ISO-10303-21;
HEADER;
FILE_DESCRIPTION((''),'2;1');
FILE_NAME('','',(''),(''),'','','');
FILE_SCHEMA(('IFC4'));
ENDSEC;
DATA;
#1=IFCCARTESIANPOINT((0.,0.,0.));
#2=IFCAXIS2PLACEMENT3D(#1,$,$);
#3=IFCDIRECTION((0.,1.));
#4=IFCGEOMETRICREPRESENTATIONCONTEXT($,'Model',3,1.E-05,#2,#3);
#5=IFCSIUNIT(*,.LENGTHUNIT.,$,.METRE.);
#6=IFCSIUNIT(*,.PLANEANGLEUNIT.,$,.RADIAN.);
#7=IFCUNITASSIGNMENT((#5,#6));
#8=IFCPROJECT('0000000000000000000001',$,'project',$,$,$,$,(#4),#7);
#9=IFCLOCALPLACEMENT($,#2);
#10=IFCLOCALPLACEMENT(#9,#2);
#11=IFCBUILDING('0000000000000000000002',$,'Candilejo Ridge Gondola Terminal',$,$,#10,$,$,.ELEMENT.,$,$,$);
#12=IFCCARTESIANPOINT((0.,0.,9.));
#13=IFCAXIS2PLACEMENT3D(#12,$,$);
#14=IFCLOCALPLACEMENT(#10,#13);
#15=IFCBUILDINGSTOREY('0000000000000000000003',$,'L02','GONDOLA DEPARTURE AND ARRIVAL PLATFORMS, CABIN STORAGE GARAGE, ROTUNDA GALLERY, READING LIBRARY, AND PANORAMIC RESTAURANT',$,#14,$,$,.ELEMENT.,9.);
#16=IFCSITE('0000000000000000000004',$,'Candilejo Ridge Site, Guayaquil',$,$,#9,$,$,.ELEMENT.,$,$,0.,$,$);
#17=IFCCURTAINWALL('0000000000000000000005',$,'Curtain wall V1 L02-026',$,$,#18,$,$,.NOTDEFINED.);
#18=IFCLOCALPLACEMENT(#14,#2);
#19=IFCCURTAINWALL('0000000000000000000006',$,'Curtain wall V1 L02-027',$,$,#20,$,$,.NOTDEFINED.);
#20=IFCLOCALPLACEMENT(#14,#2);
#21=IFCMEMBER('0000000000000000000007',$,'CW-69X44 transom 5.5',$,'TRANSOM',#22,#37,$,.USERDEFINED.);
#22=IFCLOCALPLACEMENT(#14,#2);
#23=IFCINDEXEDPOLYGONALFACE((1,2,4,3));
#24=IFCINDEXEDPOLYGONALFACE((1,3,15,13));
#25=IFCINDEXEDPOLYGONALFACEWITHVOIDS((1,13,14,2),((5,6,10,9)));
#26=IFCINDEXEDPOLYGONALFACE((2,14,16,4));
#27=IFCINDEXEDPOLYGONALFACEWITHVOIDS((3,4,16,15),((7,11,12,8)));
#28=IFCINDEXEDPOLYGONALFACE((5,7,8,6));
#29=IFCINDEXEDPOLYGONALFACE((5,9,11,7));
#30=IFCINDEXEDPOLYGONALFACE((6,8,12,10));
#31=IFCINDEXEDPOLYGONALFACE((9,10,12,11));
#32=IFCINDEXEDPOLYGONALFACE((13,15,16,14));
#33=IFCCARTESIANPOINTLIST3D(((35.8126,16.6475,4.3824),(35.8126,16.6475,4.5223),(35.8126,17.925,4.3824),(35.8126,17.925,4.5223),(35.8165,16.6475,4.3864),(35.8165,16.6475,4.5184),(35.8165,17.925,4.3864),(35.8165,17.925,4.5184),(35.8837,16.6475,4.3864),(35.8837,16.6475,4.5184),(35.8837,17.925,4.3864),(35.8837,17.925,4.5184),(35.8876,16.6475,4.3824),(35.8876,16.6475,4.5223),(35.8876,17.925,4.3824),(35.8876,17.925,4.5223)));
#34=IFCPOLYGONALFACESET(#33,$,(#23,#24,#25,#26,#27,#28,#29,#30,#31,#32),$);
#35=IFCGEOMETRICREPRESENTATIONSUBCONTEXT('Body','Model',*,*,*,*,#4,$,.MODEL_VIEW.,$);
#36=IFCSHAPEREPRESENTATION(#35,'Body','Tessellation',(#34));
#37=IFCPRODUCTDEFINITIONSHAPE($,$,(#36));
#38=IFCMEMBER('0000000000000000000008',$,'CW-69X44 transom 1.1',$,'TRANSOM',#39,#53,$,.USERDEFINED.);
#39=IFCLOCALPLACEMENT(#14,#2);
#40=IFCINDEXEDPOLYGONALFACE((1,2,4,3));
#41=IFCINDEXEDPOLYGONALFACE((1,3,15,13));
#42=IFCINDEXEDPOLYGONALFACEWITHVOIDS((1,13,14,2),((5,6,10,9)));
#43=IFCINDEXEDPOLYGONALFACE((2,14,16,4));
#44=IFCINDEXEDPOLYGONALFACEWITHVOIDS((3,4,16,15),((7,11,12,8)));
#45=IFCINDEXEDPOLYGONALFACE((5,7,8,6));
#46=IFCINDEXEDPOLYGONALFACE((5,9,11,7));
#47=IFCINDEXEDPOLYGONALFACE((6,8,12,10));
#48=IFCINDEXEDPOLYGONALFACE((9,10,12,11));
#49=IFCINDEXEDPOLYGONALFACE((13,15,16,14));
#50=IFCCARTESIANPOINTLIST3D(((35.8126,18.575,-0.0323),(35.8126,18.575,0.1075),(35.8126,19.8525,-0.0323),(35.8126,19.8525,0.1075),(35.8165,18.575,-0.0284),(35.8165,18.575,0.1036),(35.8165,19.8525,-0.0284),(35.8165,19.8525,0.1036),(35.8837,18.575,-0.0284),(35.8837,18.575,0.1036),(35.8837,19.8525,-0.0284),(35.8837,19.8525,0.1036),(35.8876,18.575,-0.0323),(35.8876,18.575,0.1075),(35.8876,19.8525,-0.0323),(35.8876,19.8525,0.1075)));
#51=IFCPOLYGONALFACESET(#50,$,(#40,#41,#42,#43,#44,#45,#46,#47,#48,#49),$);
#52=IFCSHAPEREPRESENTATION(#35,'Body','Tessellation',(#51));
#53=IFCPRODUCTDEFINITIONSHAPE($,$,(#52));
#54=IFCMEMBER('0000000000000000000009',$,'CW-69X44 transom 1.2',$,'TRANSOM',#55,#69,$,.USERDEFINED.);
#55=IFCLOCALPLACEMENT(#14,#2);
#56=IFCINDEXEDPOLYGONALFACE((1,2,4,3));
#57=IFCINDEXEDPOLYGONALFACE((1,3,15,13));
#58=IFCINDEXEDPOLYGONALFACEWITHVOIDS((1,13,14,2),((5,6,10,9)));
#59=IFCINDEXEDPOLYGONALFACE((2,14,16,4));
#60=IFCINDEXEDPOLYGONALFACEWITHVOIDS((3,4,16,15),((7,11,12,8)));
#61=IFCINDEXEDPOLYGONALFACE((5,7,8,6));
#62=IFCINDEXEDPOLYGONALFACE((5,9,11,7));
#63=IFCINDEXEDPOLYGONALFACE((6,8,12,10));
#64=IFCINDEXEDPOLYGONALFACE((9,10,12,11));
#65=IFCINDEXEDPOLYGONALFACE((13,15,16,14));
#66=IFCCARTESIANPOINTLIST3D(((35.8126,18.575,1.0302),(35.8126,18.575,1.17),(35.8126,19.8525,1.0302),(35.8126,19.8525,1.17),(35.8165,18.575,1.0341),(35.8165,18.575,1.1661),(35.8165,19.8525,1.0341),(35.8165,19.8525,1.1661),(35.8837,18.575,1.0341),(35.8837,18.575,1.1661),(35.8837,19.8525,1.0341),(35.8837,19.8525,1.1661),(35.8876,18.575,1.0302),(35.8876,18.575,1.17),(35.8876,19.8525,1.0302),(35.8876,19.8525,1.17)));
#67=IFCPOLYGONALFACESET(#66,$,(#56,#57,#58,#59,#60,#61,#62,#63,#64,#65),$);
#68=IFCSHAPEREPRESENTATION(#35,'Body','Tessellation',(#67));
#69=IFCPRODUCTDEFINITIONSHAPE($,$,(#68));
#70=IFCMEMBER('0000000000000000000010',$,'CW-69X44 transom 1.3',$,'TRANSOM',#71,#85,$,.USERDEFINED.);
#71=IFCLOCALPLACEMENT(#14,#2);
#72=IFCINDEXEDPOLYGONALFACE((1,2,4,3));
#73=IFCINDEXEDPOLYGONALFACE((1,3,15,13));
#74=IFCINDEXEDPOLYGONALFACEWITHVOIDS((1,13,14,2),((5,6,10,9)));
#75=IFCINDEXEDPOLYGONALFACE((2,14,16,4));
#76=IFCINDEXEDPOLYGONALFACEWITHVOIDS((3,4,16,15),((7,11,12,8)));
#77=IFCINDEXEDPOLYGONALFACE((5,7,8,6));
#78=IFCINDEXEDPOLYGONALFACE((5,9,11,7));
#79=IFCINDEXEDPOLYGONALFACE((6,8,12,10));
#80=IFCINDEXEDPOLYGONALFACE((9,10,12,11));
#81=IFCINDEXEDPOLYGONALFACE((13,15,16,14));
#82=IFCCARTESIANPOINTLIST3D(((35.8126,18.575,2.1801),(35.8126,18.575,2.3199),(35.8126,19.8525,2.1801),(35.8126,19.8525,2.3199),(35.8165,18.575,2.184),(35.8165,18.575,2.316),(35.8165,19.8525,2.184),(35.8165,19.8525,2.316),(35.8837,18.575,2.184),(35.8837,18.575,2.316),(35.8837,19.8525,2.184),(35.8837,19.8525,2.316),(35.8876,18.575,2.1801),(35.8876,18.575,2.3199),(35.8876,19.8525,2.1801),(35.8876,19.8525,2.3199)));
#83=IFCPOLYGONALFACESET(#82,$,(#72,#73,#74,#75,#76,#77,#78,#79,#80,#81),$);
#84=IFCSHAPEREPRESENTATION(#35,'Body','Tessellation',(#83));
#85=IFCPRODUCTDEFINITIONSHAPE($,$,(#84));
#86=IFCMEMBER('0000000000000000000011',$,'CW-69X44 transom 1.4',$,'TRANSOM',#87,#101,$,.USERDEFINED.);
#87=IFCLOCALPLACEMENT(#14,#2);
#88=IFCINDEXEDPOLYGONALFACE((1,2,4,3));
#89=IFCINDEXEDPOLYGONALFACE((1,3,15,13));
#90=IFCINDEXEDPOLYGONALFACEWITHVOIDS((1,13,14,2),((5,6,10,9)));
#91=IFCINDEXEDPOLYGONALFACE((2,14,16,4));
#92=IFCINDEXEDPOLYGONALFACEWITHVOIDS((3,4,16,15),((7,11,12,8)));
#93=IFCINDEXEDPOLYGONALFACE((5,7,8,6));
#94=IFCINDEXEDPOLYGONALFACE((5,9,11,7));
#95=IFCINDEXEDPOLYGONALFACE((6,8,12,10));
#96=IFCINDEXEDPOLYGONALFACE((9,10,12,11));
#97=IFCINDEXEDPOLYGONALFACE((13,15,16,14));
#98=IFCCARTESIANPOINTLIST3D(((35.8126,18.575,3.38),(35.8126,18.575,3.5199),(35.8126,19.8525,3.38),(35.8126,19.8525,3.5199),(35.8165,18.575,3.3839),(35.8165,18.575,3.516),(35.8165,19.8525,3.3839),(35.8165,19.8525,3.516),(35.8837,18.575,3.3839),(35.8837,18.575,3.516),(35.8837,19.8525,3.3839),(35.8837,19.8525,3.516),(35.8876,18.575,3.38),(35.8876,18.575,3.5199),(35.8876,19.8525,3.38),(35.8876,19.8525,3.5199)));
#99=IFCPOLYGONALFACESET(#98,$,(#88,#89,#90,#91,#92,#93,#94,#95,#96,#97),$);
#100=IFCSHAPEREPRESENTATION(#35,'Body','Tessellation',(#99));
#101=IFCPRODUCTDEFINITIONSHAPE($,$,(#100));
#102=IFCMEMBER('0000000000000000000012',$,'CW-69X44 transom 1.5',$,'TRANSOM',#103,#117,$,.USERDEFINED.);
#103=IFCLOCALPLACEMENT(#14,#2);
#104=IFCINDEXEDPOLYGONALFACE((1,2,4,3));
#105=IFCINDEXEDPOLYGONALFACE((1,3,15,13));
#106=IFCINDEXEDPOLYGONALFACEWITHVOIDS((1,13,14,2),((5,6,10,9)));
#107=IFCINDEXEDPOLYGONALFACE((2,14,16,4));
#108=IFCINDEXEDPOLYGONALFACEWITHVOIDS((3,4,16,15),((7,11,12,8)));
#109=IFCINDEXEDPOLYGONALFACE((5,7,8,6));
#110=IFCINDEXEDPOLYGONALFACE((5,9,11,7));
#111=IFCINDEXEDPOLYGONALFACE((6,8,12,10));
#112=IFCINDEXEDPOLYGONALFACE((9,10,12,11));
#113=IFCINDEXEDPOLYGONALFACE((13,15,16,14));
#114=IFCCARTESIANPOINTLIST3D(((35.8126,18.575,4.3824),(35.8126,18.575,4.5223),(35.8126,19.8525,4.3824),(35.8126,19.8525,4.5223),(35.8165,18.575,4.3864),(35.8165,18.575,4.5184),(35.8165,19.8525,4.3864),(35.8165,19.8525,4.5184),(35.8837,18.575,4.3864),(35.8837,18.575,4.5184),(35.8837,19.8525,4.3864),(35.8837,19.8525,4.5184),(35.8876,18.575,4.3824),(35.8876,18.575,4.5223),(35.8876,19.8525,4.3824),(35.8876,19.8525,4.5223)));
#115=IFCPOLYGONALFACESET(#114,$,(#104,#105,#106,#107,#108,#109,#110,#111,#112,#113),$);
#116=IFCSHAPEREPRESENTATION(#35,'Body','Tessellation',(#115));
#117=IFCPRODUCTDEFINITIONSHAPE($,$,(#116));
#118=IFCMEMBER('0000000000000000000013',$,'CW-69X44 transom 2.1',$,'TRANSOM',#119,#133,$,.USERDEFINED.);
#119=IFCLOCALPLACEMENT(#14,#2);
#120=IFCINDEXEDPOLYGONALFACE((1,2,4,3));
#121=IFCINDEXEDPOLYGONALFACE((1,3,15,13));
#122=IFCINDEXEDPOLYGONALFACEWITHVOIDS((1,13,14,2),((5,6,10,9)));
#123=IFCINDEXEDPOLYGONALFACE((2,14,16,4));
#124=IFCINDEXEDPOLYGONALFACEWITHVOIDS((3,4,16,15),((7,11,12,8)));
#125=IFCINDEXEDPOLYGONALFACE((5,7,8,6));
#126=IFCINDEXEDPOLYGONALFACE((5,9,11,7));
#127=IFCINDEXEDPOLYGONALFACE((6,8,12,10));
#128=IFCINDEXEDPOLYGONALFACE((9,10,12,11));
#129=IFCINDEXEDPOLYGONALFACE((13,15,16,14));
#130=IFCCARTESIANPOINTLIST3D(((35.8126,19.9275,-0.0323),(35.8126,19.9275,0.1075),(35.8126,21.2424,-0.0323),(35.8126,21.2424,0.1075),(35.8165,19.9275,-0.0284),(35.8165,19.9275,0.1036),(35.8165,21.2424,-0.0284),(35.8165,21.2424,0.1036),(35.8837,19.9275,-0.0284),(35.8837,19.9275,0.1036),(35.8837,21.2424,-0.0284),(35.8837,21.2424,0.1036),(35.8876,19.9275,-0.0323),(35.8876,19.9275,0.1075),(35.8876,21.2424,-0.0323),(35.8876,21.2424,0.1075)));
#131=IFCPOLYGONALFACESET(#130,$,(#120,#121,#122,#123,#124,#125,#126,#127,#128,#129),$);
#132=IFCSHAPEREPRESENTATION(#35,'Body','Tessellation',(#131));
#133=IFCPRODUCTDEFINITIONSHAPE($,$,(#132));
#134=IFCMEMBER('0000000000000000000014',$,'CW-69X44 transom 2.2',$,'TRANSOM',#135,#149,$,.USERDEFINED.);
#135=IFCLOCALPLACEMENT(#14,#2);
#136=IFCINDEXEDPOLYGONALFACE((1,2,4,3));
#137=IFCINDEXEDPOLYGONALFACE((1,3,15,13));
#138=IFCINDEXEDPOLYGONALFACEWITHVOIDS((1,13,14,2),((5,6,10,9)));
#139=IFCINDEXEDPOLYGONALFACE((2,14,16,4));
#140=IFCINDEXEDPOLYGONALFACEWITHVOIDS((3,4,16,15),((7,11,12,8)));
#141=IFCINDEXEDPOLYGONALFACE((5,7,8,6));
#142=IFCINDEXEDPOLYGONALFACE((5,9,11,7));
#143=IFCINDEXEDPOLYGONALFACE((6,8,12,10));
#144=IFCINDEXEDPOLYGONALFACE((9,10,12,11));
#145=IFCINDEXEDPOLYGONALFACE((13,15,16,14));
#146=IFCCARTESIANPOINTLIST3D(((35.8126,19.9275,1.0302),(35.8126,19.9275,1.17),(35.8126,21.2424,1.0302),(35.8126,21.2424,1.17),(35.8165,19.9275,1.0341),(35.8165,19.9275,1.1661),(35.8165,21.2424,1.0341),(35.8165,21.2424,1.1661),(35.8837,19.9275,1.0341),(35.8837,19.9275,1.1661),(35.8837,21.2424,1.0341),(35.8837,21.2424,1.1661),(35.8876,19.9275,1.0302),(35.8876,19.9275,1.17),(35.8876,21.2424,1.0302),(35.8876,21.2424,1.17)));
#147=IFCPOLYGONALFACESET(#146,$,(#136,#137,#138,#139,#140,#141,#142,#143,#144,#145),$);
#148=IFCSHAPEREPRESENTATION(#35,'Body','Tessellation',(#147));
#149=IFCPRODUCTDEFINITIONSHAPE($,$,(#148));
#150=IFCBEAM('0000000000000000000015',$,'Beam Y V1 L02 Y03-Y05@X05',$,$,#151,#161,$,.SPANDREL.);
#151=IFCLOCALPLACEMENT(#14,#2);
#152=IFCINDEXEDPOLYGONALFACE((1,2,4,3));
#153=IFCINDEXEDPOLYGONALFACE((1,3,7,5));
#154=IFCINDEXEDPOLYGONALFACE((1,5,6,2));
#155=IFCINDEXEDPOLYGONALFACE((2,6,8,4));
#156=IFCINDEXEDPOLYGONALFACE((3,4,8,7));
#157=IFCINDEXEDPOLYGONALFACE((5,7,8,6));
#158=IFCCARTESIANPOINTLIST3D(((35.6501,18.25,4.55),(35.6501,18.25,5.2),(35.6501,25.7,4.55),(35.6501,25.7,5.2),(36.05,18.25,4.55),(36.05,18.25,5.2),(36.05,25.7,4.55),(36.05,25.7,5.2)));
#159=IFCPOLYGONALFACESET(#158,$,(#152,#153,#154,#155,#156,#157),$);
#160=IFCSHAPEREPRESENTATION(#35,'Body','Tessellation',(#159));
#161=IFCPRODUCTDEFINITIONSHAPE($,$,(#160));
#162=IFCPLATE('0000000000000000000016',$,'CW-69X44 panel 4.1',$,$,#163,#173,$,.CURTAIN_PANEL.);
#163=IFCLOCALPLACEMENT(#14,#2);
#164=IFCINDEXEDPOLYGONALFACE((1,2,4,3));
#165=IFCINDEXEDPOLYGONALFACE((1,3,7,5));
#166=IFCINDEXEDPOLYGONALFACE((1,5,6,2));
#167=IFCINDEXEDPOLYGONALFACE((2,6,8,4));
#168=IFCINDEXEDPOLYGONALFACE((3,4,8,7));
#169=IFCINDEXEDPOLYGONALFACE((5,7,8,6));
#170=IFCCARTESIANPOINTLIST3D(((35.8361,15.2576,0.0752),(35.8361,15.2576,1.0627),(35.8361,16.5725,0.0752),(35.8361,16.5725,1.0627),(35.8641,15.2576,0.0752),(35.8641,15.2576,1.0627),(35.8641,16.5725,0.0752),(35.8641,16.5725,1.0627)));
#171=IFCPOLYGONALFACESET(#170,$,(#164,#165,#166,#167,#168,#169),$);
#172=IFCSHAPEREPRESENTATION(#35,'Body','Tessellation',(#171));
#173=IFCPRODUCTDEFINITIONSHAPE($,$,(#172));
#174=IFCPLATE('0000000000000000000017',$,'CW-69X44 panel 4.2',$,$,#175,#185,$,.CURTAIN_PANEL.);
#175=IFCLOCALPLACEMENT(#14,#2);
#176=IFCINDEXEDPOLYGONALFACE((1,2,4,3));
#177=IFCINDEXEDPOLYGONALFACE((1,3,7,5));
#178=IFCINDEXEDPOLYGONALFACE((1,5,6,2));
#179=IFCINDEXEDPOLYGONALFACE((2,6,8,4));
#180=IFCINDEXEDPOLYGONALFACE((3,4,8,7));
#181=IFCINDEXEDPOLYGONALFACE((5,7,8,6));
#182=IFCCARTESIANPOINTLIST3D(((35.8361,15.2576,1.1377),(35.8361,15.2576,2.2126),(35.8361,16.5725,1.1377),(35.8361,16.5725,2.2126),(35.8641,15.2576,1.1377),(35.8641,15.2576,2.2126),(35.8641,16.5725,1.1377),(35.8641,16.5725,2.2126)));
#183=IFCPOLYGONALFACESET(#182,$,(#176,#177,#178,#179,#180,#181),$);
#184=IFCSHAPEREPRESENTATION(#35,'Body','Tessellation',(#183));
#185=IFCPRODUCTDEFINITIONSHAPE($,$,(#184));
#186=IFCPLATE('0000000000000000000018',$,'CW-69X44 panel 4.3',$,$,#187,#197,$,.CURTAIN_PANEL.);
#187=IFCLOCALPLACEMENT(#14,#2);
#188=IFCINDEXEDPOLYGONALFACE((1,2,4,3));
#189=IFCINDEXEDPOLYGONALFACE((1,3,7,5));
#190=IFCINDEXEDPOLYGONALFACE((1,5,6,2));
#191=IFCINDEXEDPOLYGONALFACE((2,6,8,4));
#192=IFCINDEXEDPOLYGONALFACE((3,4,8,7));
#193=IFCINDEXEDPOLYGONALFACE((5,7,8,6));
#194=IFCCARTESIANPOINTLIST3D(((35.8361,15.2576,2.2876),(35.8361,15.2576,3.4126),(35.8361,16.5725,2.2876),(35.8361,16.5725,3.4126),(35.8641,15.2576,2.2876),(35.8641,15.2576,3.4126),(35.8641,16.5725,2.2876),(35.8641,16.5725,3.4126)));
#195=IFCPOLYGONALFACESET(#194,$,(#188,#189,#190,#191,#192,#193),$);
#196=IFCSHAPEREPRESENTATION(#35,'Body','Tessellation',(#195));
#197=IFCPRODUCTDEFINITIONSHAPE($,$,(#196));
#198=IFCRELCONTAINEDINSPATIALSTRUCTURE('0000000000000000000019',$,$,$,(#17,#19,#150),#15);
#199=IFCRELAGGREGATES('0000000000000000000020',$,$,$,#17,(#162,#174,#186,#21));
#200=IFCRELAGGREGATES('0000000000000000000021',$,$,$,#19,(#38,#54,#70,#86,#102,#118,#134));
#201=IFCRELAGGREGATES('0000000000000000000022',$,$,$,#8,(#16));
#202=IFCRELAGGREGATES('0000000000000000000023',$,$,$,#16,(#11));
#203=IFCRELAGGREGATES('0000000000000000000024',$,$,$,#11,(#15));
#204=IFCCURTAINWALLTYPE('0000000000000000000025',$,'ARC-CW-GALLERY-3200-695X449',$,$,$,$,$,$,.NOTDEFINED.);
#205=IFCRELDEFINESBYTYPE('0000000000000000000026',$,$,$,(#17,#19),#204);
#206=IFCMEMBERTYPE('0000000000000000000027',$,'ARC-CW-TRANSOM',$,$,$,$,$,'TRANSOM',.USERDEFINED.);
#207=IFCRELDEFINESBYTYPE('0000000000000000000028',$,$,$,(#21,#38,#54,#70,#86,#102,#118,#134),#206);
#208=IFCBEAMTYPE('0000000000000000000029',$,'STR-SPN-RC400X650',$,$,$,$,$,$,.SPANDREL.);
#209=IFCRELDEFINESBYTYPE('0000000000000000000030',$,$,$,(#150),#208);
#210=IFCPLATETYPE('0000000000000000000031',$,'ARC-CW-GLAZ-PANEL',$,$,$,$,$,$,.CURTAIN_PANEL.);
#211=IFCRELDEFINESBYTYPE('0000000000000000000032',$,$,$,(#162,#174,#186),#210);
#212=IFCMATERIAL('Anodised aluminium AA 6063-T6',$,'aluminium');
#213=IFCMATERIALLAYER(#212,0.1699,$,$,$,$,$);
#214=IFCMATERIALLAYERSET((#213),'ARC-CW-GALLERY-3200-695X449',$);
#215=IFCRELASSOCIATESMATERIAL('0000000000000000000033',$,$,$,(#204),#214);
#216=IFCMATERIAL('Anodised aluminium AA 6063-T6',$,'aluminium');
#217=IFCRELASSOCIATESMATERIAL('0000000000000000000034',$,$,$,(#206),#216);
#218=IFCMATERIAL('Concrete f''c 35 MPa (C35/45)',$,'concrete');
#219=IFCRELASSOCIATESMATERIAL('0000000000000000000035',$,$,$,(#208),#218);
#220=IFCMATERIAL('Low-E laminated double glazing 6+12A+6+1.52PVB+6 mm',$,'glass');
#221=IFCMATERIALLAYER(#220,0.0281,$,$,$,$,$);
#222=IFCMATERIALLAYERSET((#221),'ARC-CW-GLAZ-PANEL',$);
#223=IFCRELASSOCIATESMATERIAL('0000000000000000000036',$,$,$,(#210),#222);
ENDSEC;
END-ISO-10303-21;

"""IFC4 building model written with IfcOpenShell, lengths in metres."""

from ifc_helpers import new_model, si_unit, direction, frame, origin, origin_2d, place, context, subcontext, project, spatial, rectangle, hollow_rectangle, extrude, material, layer, layer_set, material_profile, profile_set, type_object, element, aggregate, save


model = new_model("IFC4")

# Units and contexts
model_context = context("Model", 3, precision=1e-05, world=origin(), true_north=direction((0.0, 1.0)))
body_context = subcontext(model_context, "Body", "Model", "MODEL_VIEW")
ifc_project = project(units=[si_unit("LENGTHUNIT", "METRE"), si_unit("PLANEANGLEUNIT", "RADIAN")], contexts=[model_context])

# Site, building, storey
site_placement = place(None, origin())
site = spatial("IfcSite", under=ifc_project, at=site_placement, Name="Candilejo Ridge Site, Guayaquil", CompositionType="ELEMENT", RefElevation=0.0)
building_placement = place(site_placement, origin())
building = spatial("IfcBuilding", under=site, at=building_placement, Name="Candilejo Ridge Gondola Terminal", CompositionType="ELEMENT")
storey_placement = place(building_placement, frame((0.0, 0.0, 9.0)))
storey = spatial("IfcBuildingStorey", under=building, at=storey_placement, Name="L02", Description="GONDOLA DEPARTURE AND ARRIVAL PLATFORMS, CABIN STORAGE GARAGE, ROTUNDA GALLERY, READING LIBRARY, AND PANORAMIC RESTAURANT", CompositionType="ELEMENT", Elevation=9.0)

# Curtain walls
ifc_material_1 = material(Name="Anodised aluminium AA 6063-T6", Category="aluminium")
ifc_layer_1 = layer(ifc_material_1, 0.1699)
ifc_layer_set_1 = layer_set([ifc_layer_1], Name="ARC-CW-GALLERY-3200-695X449")
curtain_wall_type = type_object("IfcCurtainWallType", Name="ARC-CW-GALLERY-3200-695X449", PredefinedType="NOTDEFINED", material=ifc_layer_set_1)
curtain_wall_1_placement = place(storey_placement, origin())
curtain_wall_1 = element("IfcCurtainWall", 1, at=curtain_wall_1_placement, inside=storey, type_object=curtain_wall_type, Name="Curtain wall V1 L02-026", PredefinedType="NOTDEFINED")
curtain_wall_2_placement = place(storey_placement, origin())
curtain_wall_2 = element("IfcCurtainWall", 2, at=curtain_wall_2_placement, inside=storey, type_object=curtain_wall_type, Name="Curtain wall V1 L02-027", PredefinedType="NOTDEFINED")

# Members
ifc_material_2 = material(Name="Anodised aluminium AA 6063-T6", Category="aluminium")
ifc_material_profile_1 = material_profile(ifc_material_2, hollow_rectangle(XDim=0.075, YDim=0.1399, WallThickness=0.0039, at=origin_2d()))
ifc_profile_set_1 = profile_set([ifc_material_profile_1], Name="Anodised aluminium AA 6063-T6")
member_type_1 = type_object("IfcMemberType", Name="ARC-CW-TRANSOM", ElementType="TRANSOM", PredefinedType="USERDEFINED", material=ifc_profile_set_1)
member_1_placement = place(storey_placement, frame((35.8501, 16.6475, 4.4524), z_axis=(0.0, 1.0, 0.0), x_axis=(-1.0, 0.0, 0.0)))
member_1 = element("IfcMember", 3, at=member_1_placement, type_object=member_type_1, Name="CW-69X44 transom 5.5", ObjectType="TRANSOM", PredefinedType="USERDEFINED", context=body_context, shape_type="SweptSolid", body=[
    extrude(hollow_rectangle(XDim=0.075, YDim=0.1399, WallThickness=0.0039, at=origin_2d()), origin(), (0.0, 0.0, 1.0), 1.2776),
])
member_2_placement = place(storey_placement, frame((35.8501, 18.575, 0.0376), z_axis=(0.0, 1.0, 0.0), x_axis=(-1.0, 0.0, 0.0)))
member_2 = element("IfcMember", 4, at=member_2_placement, type_object=member_type_1, Name="CW-69X44 transom 1.1", ObjectType="TRANSOM", PredefinedType="USERDEFINED", context=body_context, shape_type="SweptSolid", body=[
    extrude(hollow_rectangle(XDim=0.075, YDim=0.1399, WallThickness=0.0039, at=origin_2d()), origin(), (0.0, 0.0, 1.0), 1.2776),
])
member_3_placement = place(storey_placement, frame((35.8501, 18.575, 1.1001), z_axis=(0.0, 1.0, 0.0), x_axis=(-1.0, 0.0, 0.0)))
member_3 = element("IfcMember", 5, at=member_3_placement, type_object=member_type_1, Name="CW-69X44 transom 1.2", ObjectType="TRANSOM", PredefinedType="USERDEFINED", context=body_context, shape_type="SweptSolid", body=[
    extrude(hollow_rectangle(XDim=0.075, YDim=0.1399, WallThickness=0.0039, at=origin_2d()), origin(), (0.0, 0.0, 1.0), 1.2776),
])
member_4_placement = place(storey_placement, frame((35.8501, 18.575, 2.25), z_axis=(0.0, 1.0, 0.0), x_axis=(-1.0, 0.0, 0.0)))
member_4 = element("IfcMember", 6, at=member_4_placement, type_object=member_type_1, Name="CW-69X44 transom 1.3", ObjectType="TRANSOM", PredefinedType="USERDEFINED", context=body_context, shape_type="SweptSolid", body=[
    extrude(hollow_rectangle(XDim=0.075, YDim=0.1399, WallThickness=0.0039, at=origin_2d()), origin(), (0.0, 0.0, 1.0), 1.2776),
])
member_5_placement = place(storey_placement, frame((35.8501, 18.575, 3.45), z_axis=(0.0, 1.0, 0.0), x_axis=(-1.0, 0.0, 0.0)))
member_5 = element("IfcMember", 7, at=member_5_placement, type_object=member_type_1, Name="CW-69X44 transom 1.4", ObjectType="TRANSOM", PredefinedType="USERDEFINED", context=body_context, shape_type="SweptSolid", body=[
    extrude(hollow_rectangle(XDim=0.075, YDim=0.1399, WallThickness=0.0039, at=origin_2d()), origin(), (0.0, 0.0, 1.0), 1.2776),
])
member_6_placement = place(storey_placement, frame((35.8501, 18.575, 4.4524), z_axis=(0.0, 1.0, 0.0), x_axis=(-1.0, 0.0, 0.0)))
member_6 = element("IfcMember", 8, at=member_6_placement, type_object=member_type_1, Name="CW-69X44 transom 1.5", ObjectType="TRANSOM", PredefinedType="USERDEFINED", context=body_context, shape_type="SweptSolid", body=[
    extrude(hollow_rectangle(XDim=0.075, YDim=0.1399, WallThickness=0.0039, at=origin_2d()), origin(), (0.0, 0.0, 1.0), 1.2776),
])
member_7_placement = place(storey_placement, frame((35.8501, 19.9275, 0.0376), z_axis=(0.0, 1.0, 0.0), x_axis=(-1.0, 0.0, 0.0)))
member_7 = element("IfcMember", 9, at=member_7_placement, type_object=member_type_1, Name="CW-69X44 transom 2.1", ObjectType="TRANSOM", PredefinedType="USERDEFINED", context=body_context, shape_type="SweptSolid", body=[
    extrude(hollow_rectangle(XDim=0.075, YDim=0.1399, WallThickness=0.0039, at=origin_2d()), origin(), (0.0, 0.0, 1.0), 1.3149),
])
member_8_placement = place(storey_placement, frame((35.8501, 19.9275, 1.1001), z_axis=(0.0, 1.0, 0.0), x_axis=(-1.0, 0.0, 0.0)))
member_8 = element("IfcMember", 10, at=member_8_placement, type_object=member_type_1, Name="CW-69X44 transom 2.2", ObjectType="TRANSOM", PredefinedType="USERDEFINED", context=body_context, shape_type="SweptSolid", body=[
    extrude(hollow_rectangle(XDim=0.075, YDim=0.1399, WallThickness=0.0039, at=origin_2d()), origin(), (0.0, 0.0, 1.0), 1.3149),
])

# Beam
ifc_material_3 = material(Name="Concrete f'c 35 MPa (C35/45)", Category="concrete")
ifc_material_profile_2 = material_profile(ifc_material_3, rectangle(XDim=0.3999, YDim=0.6499, at=origin_2d()))
ifc_profile_set_2 = profile_set([ifc_material_profile_2], Name="Concrete f'c 35 MPa (C35/45)")
beam_type = type_object("IfcBeamType", Name="STR-SPN-RC400X650", PredefinedType="SPANDREL", material=ifc_profile_set_2)
beam_placement = place(storey_placement, frame((35.8501, 18.25, 4.875), z_axis=(0.0, 1.0, 0.0), x_axis=(-1.0, 0.0, 0.0)))
element("IfcBeam", 11, at=beam_placement, inside=storey, type_object=beam_type, Name="Beam Y V1 L02 Y03-Y05@X05", PredefinedType="SPANDREL", context=body_context, shape_type="SweptSolid", body=[
    extrude(rectangle(XDim=0.3999, YDim=0.6499, at=origin_2d()), origin(), (0.0, 0.0, 1.0), 7.45),
])

# Plates
ifc_material_4 = material(Name="Low-E laminated double glazing 6+12A+6+1.52PVB+6 mm", Category="glass")
ifc_layer_2 = layer(ifc_material_4, 0.0281)
ifc_layer_set_2 = layer_set([ifc_layer_2], Name="ARC-CW-GLAZ-PANEL")
plate_type = type_object("IfcPlateType", Name="ARC-CW-GLAZ-PANEL", PredefinedType="CURTAIN_PANEL", material=ifc_layer_set_2)
plate_1_placement = place(storey_placement, frame((35.8501, 15.915, 0.0752), z_axis=(0.0, 0.0, 1.0), x_axis=(0.0, 1.0, 0.0)))
plate_1 = element("IfcPlate", 12, at=plate_1_placement, type_object=plate_type, Name="CW-69X44 panel 4.1", PredefinedType="CURTAIN_PANEL", context=body_context, shape_type="SweptSolid", body=[
    extrude(rectangle(XDim=1.3149, YDim=0.0281, at=origin_2d()), origin(), (0.0, 0.0, 1.0), 0.9875),
])
plate_2_placement = place(storey_placement, frame((35.8501, 15.915, 1.1377), z_axis=(0.0, 0.0, 1.0), x_axis=(0.0, 1.0, 0.0)))
plate_2 = element("IfcPlate", 13, at=plate_2_placement, type_object=plate_type, Name="CW-69X44 panel 4.2", PredefinedType="CURTAIN_PANEL", context=body_context, shape_type="SweptSolid", body=[
    extrude(rectangle(XDim=1.3149, YDim=0.0281, at=origin_2d()), origin(), (0.0, 0.0, 1.0), 1.075),
])
plate_3_placement = place(storey_placement, frame((35.8501, 15.915, 2.2876), z_axis=(0.0, 0.0, 1.0), x_axis=(0.0, 1.0, 0.0)))
plate_3 = element("IfcPlate", 14, at=plate_3_placement, type_object=plate_type, Name="CW-69X44 panel 4.3", PredefinedType="CURTAIN_PANEL", context=body_context, shape_type="SweptSolid", body=[
    extrude(rectangle(XDim=1.3149, YDim=0.0281, at=origin_2d()), origin(), (0.0, 0.0, 1.0), 1.125),
])
aggregate(curtain_wall_1, [plate_1, plate_2, plate_3, member_1])
aggregate(curtain_wall_2, [member_2, member_3, member_4, member_5, member_6, member_7, member_8])

save(model, "model.ifc")
